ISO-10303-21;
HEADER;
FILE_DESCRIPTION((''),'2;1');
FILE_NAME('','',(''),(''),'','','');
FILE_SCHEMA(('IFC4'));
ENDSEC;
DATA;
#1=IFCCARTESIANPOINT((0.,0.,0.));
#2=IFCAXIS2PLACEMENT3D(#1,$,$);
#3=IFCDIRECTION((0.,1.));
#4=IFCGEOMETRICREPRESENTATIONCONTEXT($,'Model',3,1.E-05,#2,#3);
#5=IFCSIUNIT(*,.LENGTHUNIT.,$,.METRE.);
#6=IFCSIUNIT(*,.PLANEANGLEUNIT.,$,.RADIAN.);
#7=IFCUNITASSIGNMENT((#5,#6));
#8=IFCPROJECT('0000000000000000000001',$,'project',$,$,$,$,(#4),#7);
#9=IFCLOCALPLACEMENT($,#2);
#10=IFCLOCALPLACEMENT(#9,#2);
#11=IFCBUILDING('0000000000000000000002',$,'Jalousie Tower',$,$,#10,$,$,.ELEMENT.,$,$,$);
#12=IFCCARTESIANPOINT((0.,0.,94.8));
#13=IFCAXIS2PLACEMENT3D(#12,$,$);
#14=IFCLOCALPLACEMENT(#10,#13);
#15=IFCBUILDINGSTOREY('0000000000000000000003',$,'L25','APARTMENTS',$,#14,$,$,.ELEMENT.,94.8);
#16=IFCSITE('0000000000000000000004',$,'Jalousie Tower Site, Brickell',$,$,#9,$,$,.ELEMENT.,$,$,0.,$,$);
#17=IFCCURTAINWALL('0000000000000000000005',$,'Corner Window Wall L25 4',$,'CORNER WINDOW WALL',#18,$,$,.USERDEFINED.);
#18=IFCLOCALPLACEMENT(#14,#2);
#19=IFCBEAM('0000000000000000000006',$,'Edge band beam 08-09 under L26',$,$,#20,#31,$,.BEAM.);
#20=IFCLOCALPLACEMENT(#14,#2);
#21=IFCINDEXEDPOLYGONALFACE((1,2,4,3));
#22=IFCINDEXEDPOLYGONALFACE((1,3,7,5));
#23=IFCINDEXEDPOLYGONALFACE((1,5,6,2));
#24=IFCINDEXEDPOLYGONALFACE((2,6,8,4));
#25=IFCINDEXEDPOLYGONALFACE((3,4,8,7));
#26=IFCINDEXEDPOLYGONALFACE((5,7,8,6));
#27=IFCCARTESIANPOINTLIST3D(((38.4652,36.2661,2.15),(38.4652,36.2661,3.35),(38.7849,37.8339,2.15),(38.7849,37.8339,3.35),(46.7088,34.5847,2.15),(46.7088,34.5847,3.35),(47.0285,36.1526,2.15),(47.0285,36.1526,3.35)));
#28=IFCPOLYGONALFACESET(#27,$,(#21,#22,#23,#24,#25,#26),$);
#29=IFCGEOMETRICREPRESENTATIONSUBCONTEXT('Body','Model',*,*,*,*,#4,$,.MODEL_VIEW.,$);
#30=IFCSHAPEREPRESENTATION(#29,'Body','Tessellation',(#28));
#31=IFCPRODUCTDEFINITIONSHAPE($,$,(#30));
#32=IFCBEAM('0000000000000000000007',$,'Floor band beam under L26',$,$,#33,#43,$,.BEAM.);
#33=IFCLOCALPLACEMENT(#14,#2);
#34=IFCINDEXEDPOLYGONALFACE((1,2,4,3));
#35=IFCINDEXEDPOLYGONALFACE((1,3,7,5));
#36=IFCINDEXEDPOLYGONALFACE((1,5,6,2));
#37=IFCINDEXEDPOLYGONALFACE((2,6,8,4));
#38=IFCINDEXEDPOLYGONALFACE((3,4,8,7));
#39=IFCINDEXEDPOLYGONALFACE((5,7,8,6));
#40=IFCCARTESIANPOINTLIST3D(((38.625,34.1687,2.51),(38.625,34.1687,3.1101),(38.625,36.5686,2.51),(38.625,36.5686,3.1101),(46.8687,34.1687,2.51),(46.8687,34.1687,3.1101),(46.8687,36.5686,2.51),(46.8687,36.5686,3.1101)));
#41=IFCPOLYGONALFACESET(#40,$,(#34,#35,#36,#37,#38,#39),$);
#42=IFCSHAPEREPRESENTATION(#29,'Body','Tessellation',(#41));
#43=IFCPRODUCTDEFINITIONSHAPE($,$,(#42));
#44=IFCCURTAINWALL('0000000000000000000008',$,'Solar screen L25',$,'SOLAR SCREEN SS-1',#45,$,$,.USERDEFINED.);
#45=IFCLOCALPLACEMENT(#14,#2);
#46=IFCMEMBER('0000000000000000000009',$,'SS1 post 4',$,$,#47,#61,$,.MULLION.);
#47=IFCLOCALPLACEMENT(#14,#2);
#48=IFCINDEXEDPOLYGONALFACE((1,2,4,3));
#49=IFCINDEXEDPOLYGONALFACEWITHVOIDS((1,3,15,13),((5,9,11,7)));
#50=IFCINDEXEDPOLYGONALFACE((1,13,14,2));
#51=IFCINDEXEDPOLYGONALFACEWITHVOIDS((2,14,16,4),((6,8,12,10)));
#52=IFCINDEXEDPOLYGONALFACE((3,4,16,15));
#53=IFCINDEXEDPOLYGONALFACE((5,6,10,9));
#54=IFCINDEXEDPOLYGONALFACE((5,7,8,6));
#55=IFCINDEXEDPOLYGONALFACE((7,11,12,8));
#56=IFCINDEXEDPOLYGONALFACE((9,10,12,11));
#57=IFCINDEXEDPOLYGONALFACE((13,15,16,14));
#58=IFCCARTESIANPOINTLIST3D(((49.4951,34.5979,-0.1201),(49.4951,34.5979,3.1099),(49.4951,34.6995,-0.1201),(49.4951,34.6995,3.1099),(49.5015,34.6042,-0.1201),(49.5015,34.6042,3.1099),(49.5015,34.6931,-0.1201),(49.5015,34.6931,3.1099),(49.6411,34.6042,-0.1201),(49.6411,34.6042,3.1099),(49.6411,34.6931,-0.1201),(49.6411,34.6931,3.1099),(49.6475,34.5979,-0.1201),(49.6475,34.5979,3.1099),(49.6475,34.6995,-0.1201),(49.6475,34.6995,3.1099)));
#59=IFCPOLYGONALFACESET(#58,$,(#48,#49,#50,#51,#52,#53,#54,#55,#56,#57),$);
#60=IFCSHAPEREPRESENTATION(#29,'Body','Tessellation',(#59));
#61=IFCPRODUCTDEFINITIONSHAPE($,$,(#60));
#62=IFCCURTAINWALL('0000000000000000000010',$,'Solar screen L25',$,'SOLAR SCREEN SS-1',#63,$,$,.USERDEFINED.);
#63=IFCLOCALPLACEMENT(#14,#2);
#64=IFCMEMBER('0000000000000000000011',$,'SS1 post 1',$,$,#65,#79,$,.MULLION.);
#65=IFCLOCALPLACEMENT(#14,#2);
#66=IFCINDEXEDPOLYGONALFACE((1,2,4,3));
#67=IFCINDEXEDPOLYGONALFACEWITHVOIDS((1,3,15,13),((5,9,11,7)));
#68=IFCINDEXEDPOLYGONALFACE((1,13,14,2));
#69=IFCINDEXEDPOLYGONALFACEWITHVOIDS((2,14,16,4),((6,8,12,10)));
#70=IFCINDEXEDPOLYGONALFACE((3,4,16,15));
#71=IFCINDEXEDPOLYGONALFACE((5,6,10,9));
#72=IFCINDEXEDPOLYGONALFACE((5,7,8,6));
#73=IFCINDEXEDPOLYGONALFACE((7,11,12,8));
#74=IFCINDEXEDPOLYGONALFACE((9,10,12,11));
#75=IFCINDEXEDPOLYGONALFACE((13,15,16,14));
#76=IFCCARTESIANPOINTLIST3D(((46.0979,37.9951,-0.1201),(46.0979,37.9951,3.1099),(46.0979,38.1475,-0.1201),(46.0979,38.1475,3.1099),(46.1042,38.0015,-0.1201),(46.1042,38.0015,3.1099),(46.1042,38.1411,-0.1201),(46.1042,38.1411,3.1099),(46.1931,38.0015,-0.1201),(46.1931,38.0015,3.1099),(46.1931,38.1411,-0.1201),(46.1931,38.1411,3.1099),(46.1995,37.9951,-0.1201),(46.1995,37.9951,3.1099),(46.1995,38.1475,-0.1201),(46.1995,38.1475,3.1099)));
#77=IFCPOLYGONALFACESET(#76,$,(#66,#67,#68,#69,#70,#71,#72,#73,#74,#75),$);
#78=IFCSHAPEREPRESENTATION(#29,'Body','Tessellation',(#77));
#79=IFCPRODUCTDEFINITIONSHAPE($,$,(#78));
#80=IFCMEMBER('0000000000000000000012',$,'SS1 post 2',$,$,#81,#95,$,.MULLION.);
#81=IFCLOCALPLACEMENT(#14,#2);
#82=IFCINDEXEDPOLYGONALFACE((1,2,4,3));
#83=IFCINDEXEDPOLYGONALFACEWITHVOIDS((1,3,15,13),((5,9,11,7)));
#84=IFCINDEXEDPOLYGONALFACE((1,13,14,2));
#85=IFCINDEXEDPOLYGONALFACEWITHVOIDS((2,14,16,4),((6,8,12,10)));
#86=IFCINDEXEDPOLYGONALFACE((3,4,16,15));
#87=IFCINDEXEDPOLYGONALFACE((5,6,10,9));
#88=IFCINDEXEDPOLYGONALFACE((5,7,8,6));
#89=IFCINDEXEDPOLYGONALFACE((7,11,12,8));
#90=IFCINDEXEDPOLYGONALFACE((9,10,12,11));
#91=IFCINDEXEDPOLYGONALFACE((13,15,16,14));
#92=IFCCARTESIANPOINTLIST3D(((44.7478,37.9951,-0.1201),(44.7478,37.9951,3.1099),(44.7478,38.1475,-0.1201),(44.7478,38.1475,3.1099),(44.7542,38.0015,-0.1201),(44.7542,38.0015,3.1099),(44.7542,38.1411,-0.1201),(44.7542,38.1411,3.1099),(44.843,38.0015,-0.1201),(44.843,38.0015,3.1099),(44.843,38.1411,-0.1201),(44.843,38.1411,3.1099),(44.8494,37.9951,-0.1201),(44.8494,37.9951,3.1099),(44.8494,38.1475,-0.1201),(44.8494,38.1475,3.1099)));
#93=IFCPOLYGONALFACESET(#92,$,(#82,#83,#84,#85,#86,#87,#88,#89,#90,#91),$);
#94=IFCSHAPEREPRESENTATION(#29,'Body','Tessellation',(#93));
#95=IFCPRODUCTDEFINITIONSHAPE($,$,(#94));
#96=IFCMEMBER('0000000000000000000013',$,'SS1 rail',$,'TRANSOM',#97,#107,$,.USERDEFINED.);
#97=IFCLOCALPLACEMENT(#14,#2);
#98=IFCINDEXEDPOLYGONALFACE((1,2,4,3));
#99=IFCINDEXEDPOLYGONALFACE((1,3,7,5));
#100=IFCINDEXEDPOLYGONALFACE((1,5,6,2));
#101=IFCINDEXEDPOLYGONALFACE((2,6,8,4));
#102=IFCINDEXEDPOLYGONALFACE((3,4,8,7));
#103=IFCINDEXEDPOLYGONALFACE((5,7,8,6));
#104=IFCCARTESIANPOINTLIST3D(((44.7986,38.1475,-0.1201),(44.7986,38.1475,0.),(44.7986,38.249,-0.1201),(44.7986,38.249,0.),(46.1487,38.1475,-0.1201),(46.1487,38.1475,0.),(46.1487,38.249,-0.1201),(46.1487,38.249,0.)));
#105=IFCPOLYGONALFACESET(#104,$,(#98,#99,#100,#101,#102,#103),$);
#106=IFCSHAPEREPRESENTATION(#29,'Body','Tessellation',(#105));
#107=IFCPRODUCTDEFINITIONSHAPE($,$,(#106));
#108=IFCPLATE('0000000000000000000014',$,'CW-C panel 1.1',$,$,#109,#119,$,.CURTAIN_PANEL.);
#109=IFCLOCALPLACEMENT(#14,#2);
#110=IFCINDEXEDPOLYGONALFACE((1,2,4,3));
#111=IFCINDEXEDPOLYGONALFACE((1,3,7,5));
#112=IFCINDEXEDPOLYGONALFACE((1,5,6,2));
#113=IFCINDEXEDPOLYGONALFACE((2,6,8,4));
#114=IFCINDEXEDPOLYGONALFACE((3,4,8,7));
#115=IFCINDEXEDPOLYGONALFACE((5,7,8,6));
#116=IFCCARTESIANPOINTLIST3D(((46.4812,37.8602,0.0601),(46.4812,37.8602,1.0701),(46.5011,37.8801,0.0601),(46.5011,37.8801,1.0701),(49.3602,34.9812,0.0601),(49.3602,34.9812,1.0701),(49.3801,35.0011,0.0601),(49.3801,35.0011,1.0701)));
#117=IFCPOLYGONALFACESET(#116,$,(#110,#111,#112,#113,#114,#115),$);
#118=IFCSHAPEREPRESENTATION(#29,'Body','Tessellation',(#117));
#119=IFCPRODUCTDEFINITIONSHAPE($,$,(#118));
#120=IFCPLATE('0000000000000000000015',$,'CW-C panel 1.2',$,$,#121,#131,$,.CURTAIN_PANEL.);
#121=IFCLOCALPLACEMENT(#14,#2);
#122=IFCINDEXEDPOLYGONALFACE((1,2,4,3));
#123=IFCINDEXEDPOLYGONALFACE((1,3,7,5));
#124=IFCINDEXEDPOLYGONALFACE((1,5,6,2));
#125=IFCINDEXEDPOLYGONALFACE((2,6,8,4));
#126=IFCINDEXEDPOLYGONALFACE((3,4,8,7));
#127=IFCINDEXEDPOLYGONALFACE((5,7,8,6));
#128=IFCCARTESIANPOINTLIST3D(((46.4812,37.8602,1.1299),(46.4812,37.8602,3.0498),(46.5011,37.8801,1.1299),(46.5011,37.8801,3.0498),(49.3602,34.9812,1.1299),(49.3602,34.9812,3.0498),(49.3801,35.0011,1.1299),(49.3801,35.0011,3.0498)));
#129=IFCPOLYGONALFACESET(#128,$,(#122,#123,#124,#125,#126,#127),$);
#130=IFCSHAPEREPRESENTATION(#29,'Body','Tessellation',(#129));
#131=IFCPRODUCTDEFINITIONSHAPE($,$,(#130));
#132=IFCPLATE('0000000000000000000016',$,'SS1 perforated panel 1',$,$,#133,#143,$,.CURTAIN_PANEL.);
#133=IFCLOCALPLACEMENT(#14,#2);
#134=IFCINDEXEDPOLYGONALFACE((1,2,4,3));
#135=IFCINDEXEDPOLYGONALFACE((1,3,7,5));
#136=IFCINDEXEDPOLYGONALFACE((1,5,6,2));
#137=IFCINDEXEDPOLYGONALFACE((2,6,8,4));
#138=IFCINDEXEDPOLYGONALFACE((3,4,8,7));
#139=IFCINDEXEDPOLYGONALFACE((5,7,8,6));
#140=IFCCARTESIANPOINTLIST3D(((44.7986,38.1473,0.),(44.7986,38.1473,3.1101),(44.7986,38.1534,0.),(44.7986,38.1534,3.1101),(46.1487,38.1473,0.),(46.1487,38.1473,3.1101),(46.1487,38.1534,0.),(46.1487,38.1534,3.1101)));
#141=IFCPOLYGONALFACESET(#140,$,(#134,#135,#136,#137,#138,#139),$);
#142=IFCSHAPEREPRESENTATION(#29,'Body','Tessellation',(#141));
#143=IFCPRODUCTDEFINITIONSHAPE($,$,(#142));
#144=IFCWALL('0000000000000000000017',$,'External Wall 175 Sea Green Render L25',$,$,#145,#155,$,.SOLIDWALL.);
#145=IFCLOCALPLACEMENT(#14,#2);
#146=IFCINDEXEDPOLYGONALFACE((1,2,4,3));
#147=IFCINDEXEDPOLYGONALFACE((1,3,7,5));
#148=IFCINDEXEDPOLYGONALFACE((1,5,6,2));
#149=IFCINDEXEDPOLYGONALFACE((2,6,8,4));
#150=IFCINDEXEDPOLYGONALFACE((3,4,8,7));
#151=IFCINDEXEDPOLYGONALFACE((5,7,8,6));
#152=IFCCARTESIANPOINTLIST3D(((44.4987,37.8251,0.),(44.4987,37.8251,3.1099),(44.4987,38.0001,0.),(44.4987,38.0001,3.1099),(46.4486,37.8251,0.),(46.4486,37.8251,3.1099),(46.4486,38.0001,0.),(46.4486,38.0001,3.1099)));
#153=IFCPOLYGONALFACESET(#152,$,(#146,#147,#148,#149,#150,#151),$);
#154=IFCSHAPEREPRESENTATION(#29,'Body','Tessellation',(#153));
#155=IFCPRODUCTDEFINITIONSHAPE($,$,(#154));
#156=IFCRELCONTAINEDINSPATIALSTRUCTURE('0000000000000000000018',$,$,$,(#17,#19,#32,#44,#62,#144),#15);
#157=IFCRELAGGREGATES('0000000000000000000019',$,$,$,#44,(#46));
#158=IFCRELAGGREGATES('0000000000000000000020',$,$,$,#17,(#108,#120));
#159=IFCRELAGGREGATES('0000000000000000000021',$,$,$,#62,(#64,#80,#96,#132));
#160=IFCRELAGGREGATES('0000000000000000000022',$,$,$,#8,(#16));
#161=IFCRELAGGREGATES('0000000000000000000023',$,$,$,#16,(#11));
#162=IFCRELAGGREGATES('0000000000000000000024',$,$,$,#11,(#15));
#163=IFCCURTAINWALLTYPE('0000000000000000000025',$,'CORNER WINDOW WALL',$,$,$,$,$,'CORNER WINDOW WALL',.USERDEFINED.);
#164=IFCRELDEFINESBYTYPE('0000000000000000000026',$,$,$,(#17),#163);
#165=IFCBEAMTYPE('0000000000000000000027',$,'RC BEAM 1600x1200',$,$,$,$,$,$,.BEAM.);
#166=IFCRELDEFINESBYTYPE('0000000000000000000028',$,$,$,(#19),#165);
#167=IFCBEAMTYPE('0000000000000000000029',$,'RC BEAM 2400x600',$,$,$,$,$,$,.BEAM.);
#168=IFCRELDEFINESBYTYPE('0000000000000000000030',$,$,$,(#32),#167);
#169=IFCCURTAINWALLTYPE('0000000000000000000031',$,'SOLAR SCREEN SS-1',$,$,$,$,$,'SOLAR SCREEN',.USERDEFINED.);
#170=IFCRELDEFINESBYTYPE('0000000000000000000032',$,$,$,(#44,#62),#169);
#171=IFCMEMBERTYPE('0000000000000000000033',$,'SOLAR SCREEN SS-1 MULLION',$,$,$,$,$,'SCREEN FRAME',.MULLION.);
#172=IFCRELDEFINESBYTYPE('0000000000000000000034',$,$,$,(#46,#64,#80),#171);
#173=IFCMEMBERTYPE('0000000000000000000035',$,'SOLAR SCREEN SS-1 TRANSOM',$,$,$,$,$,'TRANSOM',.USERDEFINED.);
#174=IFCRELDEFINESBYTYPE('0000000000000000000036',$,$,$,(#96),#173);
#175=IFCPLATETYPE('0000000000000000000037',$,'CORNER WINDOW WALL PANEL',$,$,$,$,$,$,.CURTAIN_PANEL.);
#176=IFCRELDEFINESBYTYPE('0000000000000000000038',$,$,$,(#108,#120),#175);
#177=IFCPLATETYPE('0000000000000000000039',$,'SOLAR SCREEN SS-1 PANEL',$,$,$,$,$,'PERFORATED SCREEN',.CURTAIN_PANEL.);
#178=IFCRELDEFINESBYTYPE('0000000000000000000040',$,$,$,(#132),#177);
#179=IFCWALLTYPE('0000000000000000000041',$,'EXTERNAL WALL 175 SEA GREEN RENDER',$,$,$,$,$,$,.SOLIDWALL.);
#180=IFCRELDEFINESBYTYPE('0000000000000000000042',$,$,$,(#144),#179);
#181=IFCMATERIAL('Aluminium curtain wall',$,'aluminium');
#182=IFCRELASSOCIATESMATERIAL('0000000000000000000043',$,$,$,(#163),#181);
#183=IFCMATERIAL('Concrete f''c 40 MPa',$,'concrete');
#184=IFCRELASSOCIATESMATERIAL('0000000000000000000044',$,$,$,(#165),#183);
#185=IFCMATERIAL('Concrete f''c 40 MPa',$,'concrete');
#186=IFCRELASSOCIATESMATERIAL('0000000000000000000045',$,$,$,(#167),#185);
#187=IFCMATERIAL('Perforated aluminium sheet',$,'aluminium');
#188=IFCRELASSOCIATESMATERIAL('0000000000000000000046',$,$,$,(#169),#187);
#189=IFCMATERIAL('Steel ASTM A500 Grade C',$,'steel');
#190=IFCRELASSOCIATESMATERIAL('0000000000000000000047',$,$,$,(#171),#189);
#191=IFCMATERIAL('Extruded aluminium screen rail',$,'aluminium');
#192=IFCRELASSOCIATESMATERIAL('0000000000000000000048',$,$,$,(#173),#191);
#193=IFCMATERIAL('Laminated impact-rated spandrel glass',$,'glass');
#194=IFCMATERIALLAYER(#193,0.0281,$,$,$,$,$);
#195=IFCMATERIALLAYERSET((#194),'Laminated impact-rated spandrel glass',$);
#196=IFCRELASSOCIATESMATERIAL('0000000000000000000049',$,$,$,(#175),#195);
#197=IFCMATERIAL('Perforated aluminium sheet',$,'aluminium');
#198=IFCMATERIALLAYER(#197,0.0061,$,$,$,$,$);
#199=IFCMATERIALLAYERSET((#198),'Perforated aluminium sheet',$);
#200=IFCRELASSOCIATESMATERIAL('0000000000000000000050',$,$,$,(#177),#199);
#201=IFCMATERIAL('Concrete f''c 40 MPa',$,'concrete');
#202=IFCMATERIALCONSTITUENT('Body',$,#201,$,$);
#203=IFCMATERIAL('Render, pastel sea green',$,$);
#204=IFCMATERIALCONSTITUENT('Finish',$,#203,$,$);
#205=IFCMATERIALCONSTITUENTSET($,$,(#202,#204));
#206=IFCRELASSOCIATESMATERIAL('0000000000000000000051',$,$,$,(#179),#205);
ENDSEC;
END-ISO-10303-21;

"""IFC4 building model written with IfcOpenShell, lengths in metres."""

from ifc_helpers import new_model, si_unit, direction, frame, frame_2d, origin, origin_2d, place, context, subcontext, project, spatial, rectangle, hollow_rectangle, extrude, material, layer, layer_set, constituent, constituent_set, material_profile, profile_set, type_object, element, aggregate, save


model = new_model("IFC4")

# Units and contexts
model_context = context("Model", 3, precision=1e-05, world=origin(), true_north=direction((0.0, 1.0)))
body_context = subcontext(model_context, "Body", "Model", "MODEL_VIEW")
ifc_project = project(units=[si_unit("LENGTHUNIT", "METRE"), si_unit("PLANEANGLEUNIT", "RADIAN")], contexts=[model_context])

# Site, building, storey
site_placement = place(None, origin())
site = spatial("IfcSite", under=ifc_project, at=site_placement, Name="Jalousie Tower Site, Brickell", CompositionType="ELEMENT", RefElevation=0.0)
building_placement = place(site_placement, origin())
building = spatial("IfcBuilding", under=site, at=building_placement, Name="Jalousie Tower", CompositionType="ELEMENT")
storey_placement = place(building_placement, frame((0.0, 0.0, 94.8)))
storey = spatial("IfcBuildingStorey", under=building, at=storey_placement, Name="L25", Description="APARTMENTS", CompositionType="ELEMENT", Elevation=94.8)

# Curtain wall
ifc_material_1 = material(Name="Aluminium curtain wall", Category="aluminium")
curtain_wall_type_1 = type_object("IfcCurtainWallType", Name="CORNER WINDOW WALL", ElementType="CORNER WINDOW WALL", PredefinedType="USERDEFINED", material=ifc_material_1)
curtain_wall_1_placement = place(storey_placement, origin())
curtain_wall_1 = element("IfcCurtainWall", 1, at=curtain_wall_1_placement, inside=storey, type_object=curtain_wall_type_1, Name="Corner Window Wall L25 4", ObjectType="CORNER WINDOW WALL", PredefinedType="USERDEFINED")

# Beams
ifc_material_2 = material(Name="Concrete f'c 40 MPa", Category="concrete")
ifc_material_profile_1 = material_profile(ifc_material_2, rectangle(XDim=1.6001, YDim=1.2, at=origin_2d()), Name="RC 1600x1200")
ifc_profile_set_1 = profile_set([ifc_material_profile_1], Name="Concrete f'c 40 MPa")
beam_type_1 = type_object("IfcBeamType", Name="RC BEAM 1600x1200", PredefinedType="BEAM", material=ifc_profile_set_1)
beam_1_placement = place(storey_placement, frame((46.8687, 35.3687, 2.75), z_axis=(-0.979827, 0.199848, 0.0), x_axis=(-0.199848, -0.979827, 0.0)))
element("IfcBeam", 2, at=beam_1_placement, inside=storey, type_object=beam_type_1, Name="Edge band beam 08-09 under L26", PredefinedType="BEAM", context=body_context, shape_type="SweptSolid", body=[
    extrude(rectangle(XDim=1.6001, YDim=1.2, at=origin_2d()), origin(), (0.0, 0.0, 1.0), 8.4133),
])
ifc_material_3 = material(Name="Concrete f'c 40 MPa", Category="concrete")
ifc_material_profile_2 = material_profile(ifc_material_3, rectangle(XDim=2.3999, YDim=0.6001, at=origin_2d()), Name="RC 2400x600")
ifc_profile_set_2 = profile_set([ifc_material_profile_2], Name="Concrete f'c 40 MPa")
beam_type_2 = type_object("IfcBeamType", Name="RC BEAM 2400x600", PredefinedType="BEAM", material=ifc_profile_set_2)
beam_2_placement = place(storey_placement, frame((46.8687, 35.3687, 2.8101), z_axis=(-1.0, 0.0, 0.0), x_axis=(0.0, -1.0, 0.0)))
element("IfcBeam", 3, at=beam_2_placement, inside=storey, type_object=beam_type_2, Name="Floor band beam under L26", PredefinedType="BEAM", context=body_context, shape_type="SweptSolid", body=[
    extrude(rectangle(XDim=2.3999, YDim=0.6001, at=origin_2d()), origin(), (0.0, 0.0, 1.0), 8.2437),
])

# Curtain wall, member
ifc_material_4 = material(Name="Perforated aluminium sheet", Category="aluminium")
curtain_wall_type_2 = type_object("IfcCurtainWallType", Name="SOLAR SCREEN SS-1", ElementType="SOLAR SCREEN", PredefinedType="USERDEFINED", material=ifc_material_4)
curtain_wall_2_placement = place(storey_placement, origin())
curtain_wall_2 = element("IfcCurtainWall", 4, at=curtain_wall_2_placement, inside=storey, type_object=curtain_wall_type_2, Name="Solar screen L25", ObjectType="SOLAR SCREEN SS-1", PredefinedType="USERDEFINED")
ifc_material_5 = material(Name="Steel ASTM A500 Grade C", Category="steel")
ifc_material_profile_3 = material_profile(ifc_material_5, hollow_rectangle(XDim=0.1016, YDim=0.1523, WallThickness=0.0063, at=origin_2d()), Name="HSS6X4X1/4")
ifc_profile_set_3 = profile_set([ifc_material_profile_3], Name="Steel ASTM A500 Grade C")
member_type_1 = type_object("IfcMemberType", Name="SOLAR SCREEN SS-1 MULLION", ElementType="SCREEN FRAME", PredefinedType="MULLION", material=ifc_profile_set_3)
member_1_placement = place(storey_placement, frame((49.5713, 34.6487, -0.1201), z_axis=(0.0, 0.0, 1.0), x_axis=(0.0, 1.0, 0.0)))
member_1 = element("IfcMember", 5, at=member_1_placement, type_object=member_type_1, Name="SS1 post 4", PredefinedType="MULLION", context=body_context, shape_type="SweptSolid", body=[
    extrude(hollow_rectangle(XDim=0.1016, YDim=0.1523, WallThickness=0.0063, at=origin_2d()), origin(), (0.0, 0.0, 1.0), 3.23),
])
aggregate(curtain_wall_2, [member_1])

# Curtain wall, members
curtain_wall_3_placement = place(storey_placement, origin())
curtain_wall_3 = element("IfcCurtainWall", 6, at=curtain_wall_3_placement, inside=storey, type_object=curtain_wall_type_2, Name="Solar screen L25", ObjectType="SOLAR SCREEN SS-1", PredefinedType="USERDEFINED")
member_2_placement = place(storey_placement, frame((46.1487, 38.0713, -0.1201), z_axis=(0.0, 0.0, 1.0), x_axis=(-1.0, 0.0, 0.0)))
member_2 = element("IfcMember", 7, at=member_2_placement, type_object=member_type_1, Name="SS1 post 1", PredefinedType="MULLION", context=body_context, shape_type="SweptSolid", body=[
    extrude(hollow_rectangle(XDim=0.1016, YDim=0.1523, WallThickness=0.0063, at=origin_2d()), origin(), (0.0, 0.0, 1.0), 3.23),
])
member_3_placement = place(storey_placement, frame((44.7986, 38.0713, -0.1201), z_axis=(0.0, 0.0, 1.0), x_axis=(-1.0, 0.0, 0.0)))
member_3 = element("IfcMember", 8, at=member_3_placement, type_object=member_type_1, Name="SS1 post 2", PredefinedType="MULLION", context=body_context, shape_type="SweptSolid", body=[
    extrude(hollow_rectangle(XDim=0.1016, YDim=0.1523, WallThickness=0.0063, at=origin_2d()), origin(), (0.0, 0.0, 1.0), 3.23),
])
ifc_material_6 = material(Name="Extruded aluminium screen rail", Category="aluminium")
ifc_material_profile_4 = material_profile(ifc_material_6, rectangle(XDim=0.1016, YDim=0.1201, at=origin_2d()), Name="RAIL 102x120")
ifc_profile_set_4 = profile_set([ifc_material_profile_4], Name="Extruded aluminium screen rail")
member_type_2 = type_object("IfcMemberType", Name="SOLAR SCREEN SS-1 TRANSOM", ElementType="TRANSOM", PredefinedType="USERDEFINED", material=ifc_profile_set_4)
member_4_placement = place(storey_placement, frame((46.1487, 38.1982, -0.0601), z_axis=(-1.0, 0.0, 0.0), x_axis=(0.0, -1.0, 0.0)))
member_4 = element("IfcMember", 9, at=member_4_placement, type_object=member_type_2, Name="SS1 rail", ObjectType="TRANSOM", PredefinedType="USERDEFINED", context=body_context, shape_type="SweptSolid", body=[
    extrude(rectangle(XDim=0.1016, YDim=0.1201, at=origin_2d()), origin(), (0.0, 0.0, 1.0), 1.3501),
])

# Plates
ifc_material_7 = material(Name="Laminated impact-rated spandrel glass", Category="glass")
ifc_layer_1 = layer(ifc_material_7, 0.0281)
ifc_layer_set_1 = layer_set([ifc_layer_1], Name="Laminated impact-rated spandrel glass")
plate_type_1 = type_object("IfcPlateType", Name="CORNER WINDOW WALL PANEL", PredefinedType="CURTAIN_PANEL", material=ifc_layer_set_1)
plate_1_placement = place(storey_placement, frame((47.9307, 36.4307, 0.0601), z_axis=(0.0, 0.0, 1.0), x_axis=(-0.707107, 0.707107, 0.0)))
plate_1 = element("IfcPlate", 10, at=plate_1_placement, type_object=plate_type_1, Name="CW-C panel 1.1", PredefinedType="CURTAIN_PANEL", context=body_context, shape_type="SweptSolid", body=[
    extrude(rectangle(XDim=4.0715, YDim=0.0281, at=origin_2d()), origin(), (0.0, 0.0, 1.0), 1.01),
])
plate_2_placement = place(storey_placement, frame((47.9307, 36.4307, 1.1299), z_axis=(0.0, 0.0, 1.0), x_axis=(-0.707107, 0.707107, 0.0)))
plate_2 = element("IfcPlate", 11, at=plate_2_placement, type_object=plate_type_1, Name="CW-C panel 1.2", PredefinedType="CURTAIN_PANEL", context=body_context, shape_type="SweptSolid", body=[
    extrude(rectangle(XDim=4.0715, YDim=0.0281, at=origin_2d()), origin(), (0.0, 0.0, 1.0), 1.9199),
])
aggregate(curtain_wall_1, [plate_1, plate_2])
ifc_material_8 = material(Name="Perforated aluminium sheet", Category="aluminium")
ifc_layer_2 = layer(ifc_material_8, 0.0061)
ifc_layer_set_2 = layer_set([ifc_layer_2], Name="Perforated aluminium sheet")
plate_type_2 = type_object("IfcPlateType", Name="SOLAR SCREEN SS-1 PANEL", ElementType="PERFORATED SCREEN", PredefinedType="CURTAIN_PANEL", material=ifc_layer_set_2)
plate_3_placement = place(storey_placement, frame((45.4736, 38.1504, 0.0), z_axis=(0.0, 0.0, 1.0), x_axis=(-1.0, 0.0, 0.0)))
plate_3 = element("IfcPlate", 12, at=plate_3_placement, type_object=plate_type_2, Name="SS1 perforated panel 1", PredefinedType="CURTAIN_PANEL", context=body_context, shape_type="SweptSolid", body=[
    extrude(rectangle(XDim=1.3501, YDim=0.0061, at=origin_2d()), origin(), (0.0, 0.0, 1.0), 3.1101),
])
aggregate(curtain_wall_3, [member_2, member_3, member_4, plate_3])

# Wall
ifc_material_9 = material(Name="Concrete f'c 40 MPa", Category="concrete")
ifc_constituent_1 = constituent(ifc_material_9, Name="Body")
ifc_material_10 = material(Name="Render, pastel sea green")
ifc_constituent_2 = constituent(ifc_material_10, Name="Finish")
ifc_constituent_set = constituent_set(constituents=[ifc_constituent_1, ifc_constituent_2])
wall_type = type_object("IfcWallType", Name="EXTERNAL WALL 175 SEA GREEN RENDER", PredefinedType="SOLIDWALL", material=ifc_constituent_set)
wall_1_placement = place(storey_placement, frame((46.4487, 37.9126, 0.0), z_axis=(0.0, 0.0, 1.0), x_axis=(-1.0, 0.0, 0.0)))
element("IfcWall", 13, at=wall_1_placement, inside=storey, type_object=wall_type, Name="External Wall 175 Sea Green Render L25", PredefinedType="SOLIDWALL", context=body_context, shape_type="SweptSolid", body=[
    extrude(rectangle(XDim=1.95, YDim=0.175, at=frame_2d((0.9751, 0.0))), origin(), (0.0, 0.0, 1.0), 3.1099),
])

save(model, "model.ifc")
